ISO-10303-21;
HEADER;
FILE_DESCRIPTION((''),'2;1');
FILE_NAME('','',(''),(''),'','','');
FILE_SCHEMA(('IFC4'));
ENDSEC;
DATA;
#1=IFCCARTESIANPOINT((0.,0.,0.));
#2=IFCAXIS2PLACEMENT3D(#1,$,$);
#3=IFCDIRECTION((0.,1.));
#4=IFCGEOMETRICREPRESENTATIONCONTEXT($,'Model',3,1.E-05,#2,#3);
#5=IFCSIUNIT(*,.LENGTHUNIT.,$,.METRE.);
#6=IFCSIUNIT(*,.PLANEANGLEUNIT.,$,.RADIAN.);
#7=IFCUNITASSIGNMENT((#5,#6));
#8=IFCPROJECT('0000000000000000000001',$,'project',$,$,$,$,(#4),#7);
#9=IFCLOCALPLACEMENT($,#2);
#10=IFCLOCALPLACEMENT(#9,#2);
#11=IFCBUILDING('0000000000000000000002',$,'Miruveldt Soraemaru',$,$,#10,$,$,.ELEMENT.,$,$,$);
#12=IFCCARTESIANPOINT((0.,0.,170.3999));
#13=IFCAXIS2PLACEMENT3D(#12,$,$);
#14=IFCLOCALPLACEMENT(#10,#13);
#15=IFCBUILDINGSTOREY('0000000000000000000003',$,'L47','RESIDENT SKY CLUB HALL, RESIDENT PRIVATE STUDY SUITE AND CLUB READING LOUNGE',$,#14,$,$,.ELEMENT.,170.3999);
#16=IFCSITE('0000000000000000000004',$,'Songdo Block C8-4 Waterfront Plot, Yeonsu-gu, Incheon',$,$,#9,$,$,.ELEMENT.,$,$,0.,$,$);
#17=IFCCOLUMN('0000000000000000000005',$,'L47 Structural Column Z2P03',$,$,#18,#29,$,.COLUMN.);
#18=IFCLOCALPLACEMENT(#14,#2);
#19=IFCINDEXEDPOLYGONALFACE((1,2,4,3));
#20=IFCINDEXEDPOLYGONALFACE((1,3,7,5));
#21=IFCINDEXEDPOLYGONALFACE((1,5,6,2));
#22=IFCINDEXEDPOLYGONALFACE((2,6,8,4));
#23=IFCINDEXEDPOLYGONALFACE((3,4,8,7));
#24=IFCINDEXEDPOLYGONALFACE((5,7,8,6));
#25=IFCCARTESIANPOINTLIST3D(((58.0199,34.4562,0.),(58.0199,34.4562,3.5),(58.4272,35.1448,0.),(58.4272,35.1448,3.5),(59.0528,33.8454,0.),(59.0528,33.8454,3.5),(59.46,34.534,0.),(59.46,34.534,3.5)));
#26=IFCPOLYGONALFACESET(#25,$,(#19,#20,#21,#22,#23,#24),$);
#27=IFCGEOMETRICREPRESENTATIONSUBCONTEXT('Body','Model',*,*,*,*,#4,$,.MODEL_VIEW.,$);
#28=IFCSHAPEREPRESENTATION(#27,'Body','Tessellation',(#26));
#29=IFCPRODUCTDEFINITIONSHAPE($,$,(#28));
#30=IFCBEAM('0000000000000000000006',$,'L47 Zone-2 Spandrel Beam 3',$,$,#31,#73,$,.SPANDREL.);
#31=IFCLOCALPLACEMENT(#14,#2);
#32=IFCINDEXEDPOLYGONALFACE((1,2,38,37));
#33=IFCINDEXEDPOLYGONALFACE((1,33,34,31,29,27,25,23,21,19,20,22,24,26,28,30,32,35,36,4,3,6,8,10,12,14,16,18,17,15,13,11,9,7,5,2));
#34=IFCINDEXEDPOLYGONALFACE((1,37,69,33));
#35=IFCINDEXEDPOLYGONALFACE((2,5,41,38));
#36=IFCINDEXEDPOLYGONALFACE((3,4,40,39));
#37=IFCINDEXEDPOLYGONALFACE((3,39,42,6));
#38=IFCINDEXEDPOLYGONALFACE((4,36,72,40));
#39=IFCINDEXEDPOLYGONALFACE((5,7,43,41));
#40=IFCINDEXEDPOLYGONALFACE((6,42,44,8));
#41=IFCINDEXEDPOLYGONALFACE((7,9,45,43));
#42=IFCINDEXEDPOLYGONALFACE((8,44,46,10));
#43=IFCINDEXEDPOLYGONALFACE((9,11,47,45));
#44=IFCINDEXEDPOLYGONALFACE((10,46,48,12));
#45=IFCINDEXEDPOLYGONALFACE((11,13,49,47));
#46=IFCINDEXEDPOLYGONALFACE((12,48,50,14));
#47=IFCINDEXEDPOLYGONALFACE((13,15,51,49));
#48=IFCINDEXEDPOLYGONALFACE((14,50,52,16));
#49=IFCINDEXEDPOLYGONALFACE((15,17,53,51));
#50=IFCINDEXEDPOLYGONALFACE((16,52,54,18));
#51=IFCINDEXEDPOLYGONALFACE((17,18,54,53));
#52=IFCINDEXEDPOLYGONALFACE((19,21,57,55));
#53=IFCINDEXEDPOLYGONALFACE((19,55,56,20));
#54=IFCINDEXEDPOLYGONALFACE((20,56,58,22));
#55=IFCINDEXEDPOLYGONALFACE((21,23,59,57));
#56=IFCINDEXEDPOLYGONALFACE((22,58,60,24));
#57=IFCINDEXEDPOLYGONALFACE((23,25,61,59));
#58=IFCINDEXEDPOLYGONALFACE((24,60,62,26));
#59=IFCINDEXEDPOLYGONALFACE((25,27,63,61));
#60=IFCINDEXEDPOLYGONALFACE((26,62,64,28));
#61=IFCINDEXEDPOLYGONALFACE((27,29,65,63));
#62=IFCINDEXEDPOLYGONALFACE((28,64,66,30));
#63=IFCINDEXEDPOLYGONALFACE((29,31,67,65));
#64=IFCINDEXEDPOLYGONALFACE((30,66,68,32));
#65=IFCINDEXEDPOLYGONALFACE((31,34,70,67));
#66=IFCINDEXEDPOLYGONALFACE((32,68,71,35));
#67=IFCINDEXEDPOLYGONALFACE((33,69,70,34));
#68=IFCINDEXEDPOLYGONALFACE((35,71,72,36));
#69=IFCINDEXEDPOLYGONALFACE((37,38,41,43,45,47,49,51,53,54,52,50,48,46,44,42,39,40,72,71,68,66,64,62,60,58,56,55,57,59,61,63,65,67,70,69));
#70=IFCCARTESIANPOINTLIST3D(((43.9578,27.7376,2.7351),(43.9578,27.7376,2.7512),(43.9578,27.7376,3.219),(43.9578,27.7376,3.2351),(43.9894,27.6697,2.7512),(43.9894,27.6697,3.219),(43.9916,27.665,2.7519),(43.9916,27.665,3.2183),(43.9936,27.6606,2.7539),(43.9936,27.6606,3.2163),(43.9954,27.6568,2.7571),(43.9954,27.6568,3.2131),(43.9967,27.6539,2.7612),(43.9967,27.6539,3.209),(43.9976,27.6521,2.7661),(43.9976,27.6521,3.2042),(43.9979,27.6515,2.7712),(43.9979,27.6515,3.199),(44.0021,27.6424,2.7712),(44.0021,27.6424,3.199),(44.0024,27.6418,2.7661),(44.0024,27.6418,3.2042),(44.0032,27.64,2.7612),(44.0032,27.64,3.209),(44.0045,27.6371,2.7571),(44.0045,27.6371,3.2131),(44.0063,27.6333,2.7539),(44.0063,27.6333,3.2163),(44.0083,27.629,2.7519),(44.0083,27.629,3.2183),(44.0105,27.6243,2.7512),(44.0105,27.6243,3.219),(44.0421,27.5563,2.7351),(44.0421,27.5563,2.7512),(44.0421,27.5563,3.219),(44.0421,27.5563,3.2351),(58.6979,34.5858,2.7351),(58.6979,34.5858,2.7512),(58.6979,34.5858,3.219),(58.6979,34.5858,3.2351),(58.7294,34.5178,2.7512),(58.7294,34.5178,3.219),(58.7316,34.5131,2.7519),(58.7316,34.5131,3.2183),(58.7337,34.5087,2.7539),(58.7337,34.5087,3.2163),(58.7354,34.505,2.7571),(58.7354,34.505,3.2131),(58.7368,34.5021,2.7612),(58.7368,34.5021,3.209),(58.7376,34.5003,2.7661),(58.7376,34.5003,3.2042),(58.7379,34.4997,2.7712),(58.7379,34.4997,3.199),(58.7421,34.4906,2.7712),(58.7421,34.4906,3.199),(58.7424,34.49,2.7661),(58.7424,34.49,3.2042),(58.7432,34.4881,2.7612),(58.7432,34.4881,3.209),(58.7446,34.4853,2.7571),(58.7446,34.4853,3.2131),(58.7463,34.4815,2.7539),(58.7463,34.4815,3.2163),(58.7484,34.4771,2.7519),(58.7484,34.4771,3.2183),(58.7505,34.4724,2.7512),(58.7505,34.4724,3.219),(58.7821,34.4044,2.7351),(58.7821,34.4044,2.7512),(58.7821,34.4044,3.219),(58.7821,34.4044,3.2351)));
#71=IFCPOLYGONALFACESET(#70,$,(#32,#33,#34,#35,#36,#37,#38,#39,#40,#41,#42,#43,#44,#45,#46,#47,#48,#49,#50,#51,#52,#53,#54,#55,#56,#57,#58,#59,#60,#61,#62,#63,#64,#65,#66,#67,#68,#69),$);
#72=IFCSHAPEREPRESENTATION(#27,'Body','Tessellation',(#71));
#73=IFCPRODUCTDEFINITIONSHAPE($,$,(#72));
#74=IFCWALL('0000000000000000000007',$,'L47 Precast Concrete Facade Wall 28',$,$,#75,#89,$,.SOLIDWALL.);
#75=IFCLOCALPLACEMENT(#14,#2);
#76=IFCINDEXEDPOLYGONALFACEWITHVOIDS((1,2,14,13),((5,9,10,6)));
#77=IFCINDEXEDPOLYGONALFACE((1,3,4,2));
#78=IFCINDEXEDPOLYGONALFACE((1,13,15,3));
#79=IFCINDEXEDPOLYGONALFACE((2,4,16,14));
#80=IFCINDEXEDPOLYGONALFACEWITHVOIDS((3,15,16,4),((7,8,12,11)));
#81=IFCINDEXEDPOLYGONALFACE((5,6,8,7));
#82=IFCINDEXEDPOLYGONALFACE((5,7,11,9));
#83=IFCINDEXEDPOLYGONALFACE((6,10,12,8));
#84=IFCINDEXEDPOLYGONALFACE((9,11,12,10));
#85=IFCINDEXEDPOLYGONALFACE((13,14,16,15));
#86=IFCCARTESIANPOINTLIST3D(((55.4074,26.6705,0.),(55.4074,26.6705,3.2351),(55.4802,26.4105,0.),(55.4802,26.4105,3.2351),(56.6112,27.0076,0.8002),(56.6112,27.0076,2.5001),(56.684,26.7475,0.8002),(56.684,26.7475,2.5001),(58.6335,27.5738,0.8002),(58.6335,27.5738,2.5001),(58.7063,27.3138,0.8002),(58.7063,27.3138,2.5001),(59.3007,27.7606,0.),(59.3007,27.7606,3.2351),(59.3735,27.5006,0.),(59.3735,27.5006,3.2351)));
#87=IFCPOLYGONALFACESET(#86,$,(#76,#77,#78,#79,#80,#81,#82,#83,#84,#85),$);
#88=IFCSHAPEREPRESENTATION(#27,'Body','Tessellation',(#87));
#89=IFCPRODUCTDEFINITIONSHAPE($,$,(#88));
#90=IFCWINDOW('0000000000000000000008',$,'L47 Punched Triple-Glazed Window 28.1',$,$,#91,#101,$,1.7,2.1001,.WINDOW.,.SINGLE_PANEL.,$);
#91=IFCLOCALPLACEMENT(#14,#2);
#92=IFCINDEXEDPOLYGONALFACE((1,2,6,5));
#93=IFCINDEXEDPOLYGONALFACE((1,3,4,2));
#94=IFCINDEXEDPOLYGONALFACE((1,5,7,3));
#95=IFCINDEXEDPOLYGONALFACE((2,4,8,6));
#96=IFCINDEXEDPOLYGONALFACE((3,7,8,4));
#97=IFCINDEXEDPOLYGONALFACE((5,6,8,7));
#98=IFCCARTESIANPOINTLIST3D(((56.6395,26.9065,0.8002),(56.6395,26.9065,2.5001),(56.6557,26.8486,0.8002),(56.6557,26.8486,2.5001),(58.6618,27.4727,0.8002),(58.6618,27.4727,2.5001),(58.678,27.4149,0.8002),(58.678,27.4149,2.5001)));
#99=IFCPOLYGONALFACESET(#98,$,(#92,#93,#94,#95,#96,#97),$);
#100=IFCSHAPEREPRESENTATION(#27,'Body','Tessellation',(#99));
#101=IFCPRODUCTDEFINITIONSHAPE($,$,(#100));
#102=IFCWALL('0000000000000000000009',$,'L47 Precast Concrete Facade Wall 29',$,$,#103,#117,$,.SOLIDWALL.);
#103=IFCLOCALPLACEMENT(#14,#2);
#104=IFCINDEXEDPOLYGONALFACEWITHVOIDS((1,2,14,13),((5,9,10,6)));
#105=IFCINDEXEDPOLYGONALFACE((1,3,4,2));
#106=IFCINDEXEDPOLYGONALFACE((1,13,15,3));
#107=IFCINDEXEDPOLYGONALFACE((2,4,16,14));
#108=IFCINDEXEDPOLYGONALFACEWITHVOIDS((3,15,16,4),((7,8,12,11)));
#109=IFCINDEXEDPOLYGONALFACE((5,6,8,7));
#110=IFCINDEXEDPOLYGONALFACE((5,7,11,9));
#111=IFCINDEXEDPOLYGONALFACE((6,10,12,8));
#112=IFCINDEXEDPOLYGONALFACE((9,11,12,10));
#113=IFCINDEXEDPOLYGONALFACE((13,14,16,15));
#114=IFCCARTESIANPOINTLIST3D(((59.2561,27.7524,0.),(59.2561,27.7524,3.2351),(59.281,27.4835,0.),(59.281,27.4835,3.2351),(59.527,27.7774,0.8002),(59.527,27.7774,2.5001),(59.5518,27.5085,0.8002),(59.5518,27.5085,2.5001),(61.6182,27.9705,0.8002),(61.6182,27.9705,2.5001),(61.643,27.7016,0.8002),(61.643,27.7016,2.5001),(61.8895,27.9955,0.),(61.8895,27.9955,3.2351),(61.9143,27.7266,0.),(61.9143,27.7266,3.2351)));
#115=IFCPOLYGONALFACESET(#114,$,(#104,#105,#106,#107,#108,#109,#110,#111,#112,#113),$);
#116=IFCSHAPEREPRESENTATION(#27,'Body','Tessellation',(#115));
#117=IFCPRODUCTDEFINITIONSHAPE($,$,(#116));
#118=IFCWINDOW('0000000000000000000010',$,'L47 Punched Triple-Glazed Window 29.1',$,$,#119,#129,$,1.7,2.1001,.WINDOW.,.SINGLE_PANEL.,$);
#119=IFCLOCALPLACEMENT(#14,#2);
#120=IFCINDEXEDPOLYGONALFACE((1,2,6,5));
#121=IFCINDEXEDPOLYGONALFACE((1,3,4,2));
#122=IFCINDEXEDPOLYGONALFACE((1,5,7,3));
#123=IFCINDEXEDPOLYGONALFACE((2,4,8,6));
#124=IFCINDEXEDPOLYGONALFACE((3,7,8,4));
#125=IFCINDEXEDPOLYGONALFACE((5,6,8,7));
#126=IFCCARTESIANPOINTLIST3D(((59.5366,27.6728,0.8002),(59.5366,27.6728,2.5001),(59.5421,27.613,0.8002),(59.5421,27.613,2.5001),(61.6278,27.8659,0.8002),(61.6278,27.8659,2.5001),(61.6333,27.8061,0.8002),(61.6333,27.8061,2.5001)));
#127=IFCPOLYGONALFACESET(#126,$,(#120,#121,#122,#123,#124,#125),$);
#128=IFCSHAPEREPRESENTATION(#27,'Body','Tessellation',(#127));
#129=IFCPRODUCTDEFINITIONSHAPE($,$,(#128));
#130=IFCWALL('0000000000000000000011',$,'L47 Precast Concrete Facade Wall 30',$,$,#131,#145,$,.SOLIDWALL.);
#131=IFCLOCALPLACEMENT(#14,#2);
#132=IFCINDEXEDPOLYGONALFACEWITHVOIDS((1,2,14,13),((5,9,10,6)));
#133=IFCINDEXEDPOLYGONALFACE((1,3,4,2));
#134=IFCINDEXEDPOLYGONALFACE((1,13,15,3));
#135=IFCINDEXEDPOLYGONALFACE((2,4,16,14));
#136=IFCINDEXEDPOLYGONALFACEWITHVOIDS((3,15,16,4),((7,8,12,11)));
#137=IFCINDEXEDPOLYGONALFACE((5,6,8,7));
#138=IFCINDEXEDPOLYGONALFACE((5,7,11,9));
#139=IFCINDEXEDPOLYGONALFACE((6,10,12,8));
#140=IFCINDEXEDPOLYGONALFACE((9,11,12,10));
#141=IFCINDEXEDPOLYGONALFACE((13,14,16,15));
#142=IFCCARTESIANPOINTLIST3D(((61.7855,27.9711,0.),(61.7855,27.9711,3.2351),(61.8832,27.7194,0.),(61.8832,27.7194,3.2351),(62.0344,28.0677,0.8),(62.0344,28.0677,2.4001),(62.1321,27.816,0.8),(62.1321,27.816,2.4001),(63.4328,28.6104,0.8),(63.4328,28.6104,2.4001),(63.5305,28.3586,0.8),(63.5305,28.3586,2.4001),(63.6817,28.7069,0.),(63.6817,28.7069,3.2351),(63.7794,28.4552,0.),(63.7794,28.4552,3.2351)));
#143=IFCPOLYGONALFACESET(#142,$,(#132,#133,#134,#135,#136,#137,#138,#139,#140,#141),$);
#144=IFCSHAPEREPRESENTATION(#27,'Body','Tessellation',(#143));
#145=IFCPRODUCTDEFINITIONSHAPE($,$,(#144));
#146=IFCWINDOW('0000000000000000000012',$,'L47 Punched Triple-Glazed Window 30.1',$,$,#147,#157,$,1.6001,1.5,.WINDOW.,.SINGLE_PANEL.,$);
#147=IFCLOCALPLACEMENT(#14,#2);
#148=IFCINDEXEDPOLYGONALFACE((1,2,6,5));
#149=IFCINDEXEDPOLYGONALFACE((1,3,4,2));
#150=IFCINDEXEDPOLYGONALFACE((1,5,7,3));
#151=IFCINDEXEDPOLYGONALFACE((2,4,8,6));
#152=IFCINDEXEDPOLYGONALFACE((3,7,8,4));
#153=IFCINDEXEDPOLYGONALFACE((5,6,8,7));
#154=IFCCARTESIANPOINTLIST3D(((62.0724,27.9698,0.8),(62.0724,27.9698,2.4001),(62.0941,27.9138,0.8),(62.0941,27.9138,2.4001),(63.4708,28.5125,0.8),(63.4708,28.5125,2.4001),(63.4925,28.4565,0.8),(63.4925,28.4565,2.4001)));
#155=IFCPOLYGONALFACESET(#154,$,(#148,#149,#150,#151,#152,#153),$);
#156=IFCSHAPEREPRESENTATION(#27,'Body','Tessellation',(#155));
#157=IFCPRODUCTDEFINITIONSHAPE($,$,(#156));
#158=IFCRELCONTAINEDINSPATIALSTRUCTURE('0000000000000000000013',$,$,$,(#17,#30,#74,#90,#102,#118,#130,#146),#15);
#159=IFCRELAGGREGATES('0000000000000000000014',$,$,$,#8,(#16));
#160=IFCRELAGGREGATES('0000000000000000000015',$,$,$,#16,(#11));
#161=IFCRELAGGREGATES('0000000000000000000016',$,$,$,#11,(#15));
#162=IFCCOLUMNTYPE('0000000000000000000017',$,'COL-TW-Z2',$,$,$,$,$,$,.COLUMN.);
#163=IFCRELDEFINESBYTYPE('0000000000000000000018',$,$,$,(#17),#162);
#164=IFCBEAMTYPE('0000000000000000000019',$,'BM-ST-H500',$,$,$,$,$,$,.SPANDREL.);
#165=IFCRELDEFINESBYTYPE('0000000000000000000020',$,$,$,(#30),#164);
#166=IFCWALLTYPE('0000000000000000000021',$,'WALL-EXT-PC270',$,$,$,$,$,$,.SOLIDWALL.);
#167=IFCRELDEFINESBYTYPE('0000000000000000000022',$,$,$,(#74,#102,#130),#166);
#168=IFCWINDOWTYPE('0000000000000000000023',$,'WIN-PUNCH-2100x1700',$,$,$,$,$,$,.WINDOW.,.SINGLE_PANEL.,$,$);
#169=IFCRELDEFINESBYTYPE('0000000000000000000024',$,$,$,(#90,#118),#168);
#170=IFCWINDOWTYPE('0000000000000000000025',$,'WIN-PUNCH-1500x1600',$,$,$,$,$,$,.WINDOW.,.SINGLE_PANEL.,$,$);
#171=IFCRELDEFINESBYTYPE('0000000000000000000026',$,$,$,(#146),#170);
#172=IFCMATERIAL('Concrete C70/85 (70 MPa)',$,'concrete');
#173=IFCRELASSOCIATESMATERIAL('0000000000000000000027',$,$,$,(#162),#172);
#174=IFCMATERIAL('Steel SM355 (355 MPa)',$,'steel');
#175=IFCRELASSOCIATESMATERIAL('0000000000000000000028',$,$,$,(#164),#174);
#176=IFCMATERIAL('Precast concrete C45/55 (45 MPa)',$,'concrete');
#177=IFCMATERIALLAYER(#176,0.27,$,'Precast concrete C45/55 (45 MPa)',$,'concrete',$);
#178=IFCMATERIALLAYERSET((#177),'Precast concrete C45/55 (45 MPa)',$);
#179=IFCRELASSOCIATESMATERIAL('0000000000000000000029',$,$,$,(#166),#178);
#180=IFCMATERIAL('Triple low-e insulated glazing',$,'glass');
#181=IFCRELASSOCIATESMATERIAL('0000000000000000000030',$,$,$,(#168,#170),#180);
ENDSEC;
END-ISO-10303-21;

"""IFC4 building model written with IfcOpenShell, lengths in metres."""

from ifc_helpers import new_model, si_unit, direction, frame, frame_2d, origin, origin_2d, place, context, subcontext, project, spatial, rectangle, i_section, extrude, material, layer, layer_set, material_profile, profile_set, type_object, element, fill, save


model = new_model("IFC4")

# Units and contexts
model_context = context("Model", 3, precision=1e-05, world=origin(), true_north=direction((0.0, 1.0)))
body_context = subcontext(model_context, "Body", "Model", "MODEL_VIEW")
ifc_project = project(units=[si_unit("LENGTHUNIT", "METRE"), si_unit("PLANEANGLEUNIT", "RADIAN")], contexts=[model_context])

# Site, building, storey
site_placement = place(None, origin())
site = spatial("IfcSite", under=ifc_project, at=site_placement, Name="Songdo Block C8-4 Waterfront Plot, Yeonsu-gu, Incheon", CompositionType="ELEMENT", RefElevation=0.0)
building_placement = place(site_placement, origin())
building = spatial("IfcBuilding", under=site, at=building_placement, Name="Miruveldt Soraemaru", CompositionType="ELEMENT")
storey_placement = place(building_placement, frame((0.0, 0.0, 170.3999)))
storey = spatial("IfcBuildingStorey", under=building, at=storey_placement, Name="L47", Description="RESIDENT SKY CLUB HALL, RESIDENT PRIVATE STUDY SUITE AND CLUB READING LOUNGE", CompositionType="ELEMENT", Elevation=170.3999)

# Column
ifc_material_1 = material(Name="Concrete C70/85 (70 MPa)", Category="concrete")
ifc_material_profile_1 = material_profile(ifc_material_1, rectangle(XDim=1.2, YDim=0.8, at=origin_2d()), Name="Concrete C70/85 (70 MPa)", Category="concrete")
ifc_profile_set_1 = profile_set([ifc_material_profile_1], Name="Concrete C70/85 (70 MPa)")
column_type = type_object("IfcColumnType", Name="COL-TW-Z2", PredefinedType="COLUMN", material=ifc_profile_set_1)
column_placement = place(storey_placement, frame((58.74, 34.4951, 0.0), z_axis=(0.0, 0.0, 1.0), x_axis=(-0.860742, 0.509041, 0.0)))
element("IfcColumn", 1, at=column_placement, inside=storey, type_object=column_type, Name="L47 Structural Column Z2P03", PredefinedType="COLUMN", context=body_context, shape_type="SweptSolid", body=[
    extrude(rectangle(XDim=1.2, YDim=0.8, at=origin_2d()), origin(), (0.0, 0.0, 1.0), 3.5),
])

# Beam
ifc_material_2 = material(Name="Steel SM355 (355 MPa)", Category="steel")
ifc_material_profile_2 = material_profile(ifc_material_2, i_section(OverallWidth=0.2, OverallDepth=0.5, WebThickness=0.01, FlangeThickness=0.0161, FilletRadius=0.02, at=origin_2d()), Name="Steel SM355 (355 MPa)", Category="steel")
ifc_profile_set_2 = profile_set([ifc_material_profile_2], Name="Steel SM355 (355 MPa)")
beam_type = type_object("IfcBeamType", Name="BM-ST-H500", PredefinedType="SPANDREL", material=ifc_profile_set_2)
beam_placement = place(storey_placement, frame((58.74, 34.4951, 2.9851), z_axis=(-0.906901, -0.421343, 0.0), x_axis=(0.421343, -0.906901, 0.0)))
element("IfcBeam", 2, at=beam_placement, inside=storey, type_object=beam_type, Name="L47 Zone-2 Spandrel Beam 3", PredefinedType="SPANDREL", context=body_context, shape_type="SweptSolid", body=[
    extrude(i_section(OverallWidth=0.2, OverallDepth=0.5, WebThickness=0.01, FlangeThickness=0.0161, FilletRadius=0.02, at=origin_2d()), origin(), (0.0, 0.0, 1.0), 16.2532),
])

# Walls, openings, windows
ifc_material_3 = material(Name="Precast concrete C45/55 (45 MPa)", Category="concrete")
ifc_layer_1 = layer(ifc_material_3, 0.27, Name="Precast concrete C45/55 (45 MPa)", Category="concrete")
ifc_layer_set_1 = layer_set([ifc_layer_1], Name="Precast concrete C45/55 (45 MPa)")
wall_type_1 = type_object("IfcWallType", Name="WALL-EXT-PC270", PredefinedType="SOLIDWALL", material=ifc_layer_set_1)
wall_1_placement = place(storey_placement, frame((55.4438, 26.5405, 0.0), z_axis=(0.0, 0.0, 1.0), x_axis=(0.962967, 0.269621, 0.0)))
wall_1 = element("IfcWall", 3, at=wall_1_placement, inside=storey, type_object=wall_type_1, Name="L47 Precast Concrete Facade Wall 28", PredefinedType="SOLIDWALL", context=body_context, shape_type="SweptSolid", body=[
    extrude(rectangle(XDim=4.043, YDim=0.27, at=frame_2d((2.0215, 0.0))), origin(), (0.0, 0.0, 1.0), 3.2351),
])
opening_1_placement = place(wall_1_placement, frame((1.25, 0.0, 0.8)))
opening_1 = element("IfcOpeningElement", 4, at=opening_1_placement, cuts=wall_1, PredefinedType="OPENING", context=body_context, shape_type="SweptSolid", body=[
    extrude(rectangle(XDim=2.1001, YDim=1.7, at=frame_2d((1.05, 0.8501))), frame((0.0, 0.145, 0.0), z_axis=(0.0, -1.0, 0.0), x_axis=(1.0, 0.0, 0.0)), (0.0, 0.0, 1.0), 0.29),
])
ifc_material_4 = material(Name="Triple low-e insulated glazing", Category="glass")
window_type_1 = type_object("IfcWindowType", Name="WIN-PUNCH-2100x1700", PartitioningType="SINGLE_PANEL", PredefinedType="WINDOW", material=ifc_material_4)
window_1_placement = place(opening_1_placement, origin())
window_1 = element("IfcWindow", 5, at=window_1_placement, inside=storey, type_object=window_type_1, Name="L47 Punched Triple-Glazed Window 28.1", OverallHeight=1.7, OverallWidth=2.1001, PartitioningType="SINGLE_PANEL", PredefinedType="WINDOW", context=body_context, shape_type="SweptSolid", body=[
    extrude(rectangle(XDim=2.1001, YDim=1.7, at=frame_2d((1.05, 0.8501))), frame((0.0, 0.03, 0.0), z_axis=(0.0, -1.0, 0.0), x_axis=(1.0, 0.0, 0.0)), (0.0, 0.0, 1.0), 0.0601),
])
fill(opening_1, window_1)
wall_2_placement = place(storey_placement, frame((59.2686, 27.6179, 0.0), z_axis=(0.0, 0.0, 1.0), x_axis=(0.995764, 0.091951, 0.0)))
wall_2 = element("IfcWall", 6, at=wall_2_placement, inside=storey, type_object=wall_type_1, Name="L47 Precast Concrete Facade Wall 29", PredefinedType="SOLIDWALL", context=body_context, shape_type="SweptSolid", body=[
    extrude(rectangle(XDim=2.6445, YDim=0.27, at=frame_2d((1.3223, 0.0))), origin(), (0.0, 0.0, 1.0), 3.2351),
])
opening_2_placement = place(wall_2_placement, frame((0.272, 0.0, 0.8)))
opening_2 = element("IfcOpeningElement", 7, at=opening_2_placement, cuts=wall_2, PredefinedType="OPENING", context=body_context, shape_type="SweptSolid", body=[
    extrude(rectangle(XDim=2.1001, YDim=1.7, at=frame_2d((1.05, 0.8501))), frame((0.0, 0.145, 0.0), z_axis=(0.0, -1.0, 0.0), x_axis=(1.0, 0.0, 0.0)), (0.0, 0.0, 1.0), 0.29),
])
window_2_placement = place(opening_2_placement, origin())
window_2 = element("IfcWindow", 8, at=window_2_placement, inside=storey, type_object=window_type_1, Name="L47 Punched Triple-Glazed Window 29.1", OverallHeight=1.7, OverallWidth=2.1001, PartitioningType="SINGLE_PANEL", PredefinedType="WINDOW", context=body_context, shape_type="SweptSolid", body=[
    extrude(rectangle(XDim=2.1001, YDim=1.7, at=frame_2d((1.05, 0.8501))), frame((0.0, 0.03, 0.0), z_axis=(0.0, -1.0, 0.0), x_axis=(1.0, 0.0, 0.0)), (0.0, 0.0, 1.0), 0.0601),
])
fill(opening_2, window_2)
wall_3_placement = place(storey_placement, frame((61.8342, 27.8452, 0.0), z_axis=(0.0, 0.0, 1.0), x_axis=(0.932268, 0.361768, 0.0)))
wall_3 = element("IfcWall", 9, at=wall_3_placement, inside=storey, type_object=wall_type_1, Name="L47 Precast Concrete Facade Wall 30", PredefinedType="SOLIDWALL", context=body_context, shape_type="SweptSolid", body=[
    extrude(rectangle(XDim=2.0339, YDim=0.27, at=frame_2d((1.0171, 0.0))), origin(), (0.0, 0.0, 1.0), 3.2351),
])
opening_3_placement = place(wall_3_placement, frame((0.2671, 0.0, 0.8)))
opening_3 = element("IfcOpeningElement", 10, at=opening_3_placement, cuts=wall_3, PredefinedType="OPENING", context=body_context, shape_type="SweptSolid", body=[
    extrude(rectangle(XDim=1.5, YDim=1.6001, at=frame_2d((0.75, 0.8))), frame((0.0, 0.145, 0.0), z_axis=(0.0, -1.0, 0.0), x_axis=(1.0, 0.0, 0.0)), (0.0, 0.0, 1.0), 0.29),
])
window_type_2 = type_object("IfcWindowType", Name="WIN-PUNCH-1500x1600", PartitioningType="SINGLE_PANEL", PredefinedType="WINDOW", material=ifc_material_4)
window_3_placement = place(opening_3_placement, origin())
window_3 = element("IfcWindow", 11, at=window_3_placement, inside=storey, type_object=window_type_2, Name="L47 Punched Triple-Glazed Window 30.1", OverallHeight=1.6001, OverallWidth=1.5, PartitioningType="SINGLE_PANEL", PredefinedType="WINDOW", context=body_context, shape_type="SweptSolid", body=[
    extrude(rectangle(XDim=1.5, YDim=1.6001, at=frame_2d((0.75, 0.8))), frame((0.0, 0.03, 0.0), z_axis=(0.0, -1.0, 0.0), x_axis=(1.0, 0.0, 0.0)), (0.0, 0.0, 1.0), 0.0601),
])
fill(opening_3, window_3)

save(model, "model.ifc")
